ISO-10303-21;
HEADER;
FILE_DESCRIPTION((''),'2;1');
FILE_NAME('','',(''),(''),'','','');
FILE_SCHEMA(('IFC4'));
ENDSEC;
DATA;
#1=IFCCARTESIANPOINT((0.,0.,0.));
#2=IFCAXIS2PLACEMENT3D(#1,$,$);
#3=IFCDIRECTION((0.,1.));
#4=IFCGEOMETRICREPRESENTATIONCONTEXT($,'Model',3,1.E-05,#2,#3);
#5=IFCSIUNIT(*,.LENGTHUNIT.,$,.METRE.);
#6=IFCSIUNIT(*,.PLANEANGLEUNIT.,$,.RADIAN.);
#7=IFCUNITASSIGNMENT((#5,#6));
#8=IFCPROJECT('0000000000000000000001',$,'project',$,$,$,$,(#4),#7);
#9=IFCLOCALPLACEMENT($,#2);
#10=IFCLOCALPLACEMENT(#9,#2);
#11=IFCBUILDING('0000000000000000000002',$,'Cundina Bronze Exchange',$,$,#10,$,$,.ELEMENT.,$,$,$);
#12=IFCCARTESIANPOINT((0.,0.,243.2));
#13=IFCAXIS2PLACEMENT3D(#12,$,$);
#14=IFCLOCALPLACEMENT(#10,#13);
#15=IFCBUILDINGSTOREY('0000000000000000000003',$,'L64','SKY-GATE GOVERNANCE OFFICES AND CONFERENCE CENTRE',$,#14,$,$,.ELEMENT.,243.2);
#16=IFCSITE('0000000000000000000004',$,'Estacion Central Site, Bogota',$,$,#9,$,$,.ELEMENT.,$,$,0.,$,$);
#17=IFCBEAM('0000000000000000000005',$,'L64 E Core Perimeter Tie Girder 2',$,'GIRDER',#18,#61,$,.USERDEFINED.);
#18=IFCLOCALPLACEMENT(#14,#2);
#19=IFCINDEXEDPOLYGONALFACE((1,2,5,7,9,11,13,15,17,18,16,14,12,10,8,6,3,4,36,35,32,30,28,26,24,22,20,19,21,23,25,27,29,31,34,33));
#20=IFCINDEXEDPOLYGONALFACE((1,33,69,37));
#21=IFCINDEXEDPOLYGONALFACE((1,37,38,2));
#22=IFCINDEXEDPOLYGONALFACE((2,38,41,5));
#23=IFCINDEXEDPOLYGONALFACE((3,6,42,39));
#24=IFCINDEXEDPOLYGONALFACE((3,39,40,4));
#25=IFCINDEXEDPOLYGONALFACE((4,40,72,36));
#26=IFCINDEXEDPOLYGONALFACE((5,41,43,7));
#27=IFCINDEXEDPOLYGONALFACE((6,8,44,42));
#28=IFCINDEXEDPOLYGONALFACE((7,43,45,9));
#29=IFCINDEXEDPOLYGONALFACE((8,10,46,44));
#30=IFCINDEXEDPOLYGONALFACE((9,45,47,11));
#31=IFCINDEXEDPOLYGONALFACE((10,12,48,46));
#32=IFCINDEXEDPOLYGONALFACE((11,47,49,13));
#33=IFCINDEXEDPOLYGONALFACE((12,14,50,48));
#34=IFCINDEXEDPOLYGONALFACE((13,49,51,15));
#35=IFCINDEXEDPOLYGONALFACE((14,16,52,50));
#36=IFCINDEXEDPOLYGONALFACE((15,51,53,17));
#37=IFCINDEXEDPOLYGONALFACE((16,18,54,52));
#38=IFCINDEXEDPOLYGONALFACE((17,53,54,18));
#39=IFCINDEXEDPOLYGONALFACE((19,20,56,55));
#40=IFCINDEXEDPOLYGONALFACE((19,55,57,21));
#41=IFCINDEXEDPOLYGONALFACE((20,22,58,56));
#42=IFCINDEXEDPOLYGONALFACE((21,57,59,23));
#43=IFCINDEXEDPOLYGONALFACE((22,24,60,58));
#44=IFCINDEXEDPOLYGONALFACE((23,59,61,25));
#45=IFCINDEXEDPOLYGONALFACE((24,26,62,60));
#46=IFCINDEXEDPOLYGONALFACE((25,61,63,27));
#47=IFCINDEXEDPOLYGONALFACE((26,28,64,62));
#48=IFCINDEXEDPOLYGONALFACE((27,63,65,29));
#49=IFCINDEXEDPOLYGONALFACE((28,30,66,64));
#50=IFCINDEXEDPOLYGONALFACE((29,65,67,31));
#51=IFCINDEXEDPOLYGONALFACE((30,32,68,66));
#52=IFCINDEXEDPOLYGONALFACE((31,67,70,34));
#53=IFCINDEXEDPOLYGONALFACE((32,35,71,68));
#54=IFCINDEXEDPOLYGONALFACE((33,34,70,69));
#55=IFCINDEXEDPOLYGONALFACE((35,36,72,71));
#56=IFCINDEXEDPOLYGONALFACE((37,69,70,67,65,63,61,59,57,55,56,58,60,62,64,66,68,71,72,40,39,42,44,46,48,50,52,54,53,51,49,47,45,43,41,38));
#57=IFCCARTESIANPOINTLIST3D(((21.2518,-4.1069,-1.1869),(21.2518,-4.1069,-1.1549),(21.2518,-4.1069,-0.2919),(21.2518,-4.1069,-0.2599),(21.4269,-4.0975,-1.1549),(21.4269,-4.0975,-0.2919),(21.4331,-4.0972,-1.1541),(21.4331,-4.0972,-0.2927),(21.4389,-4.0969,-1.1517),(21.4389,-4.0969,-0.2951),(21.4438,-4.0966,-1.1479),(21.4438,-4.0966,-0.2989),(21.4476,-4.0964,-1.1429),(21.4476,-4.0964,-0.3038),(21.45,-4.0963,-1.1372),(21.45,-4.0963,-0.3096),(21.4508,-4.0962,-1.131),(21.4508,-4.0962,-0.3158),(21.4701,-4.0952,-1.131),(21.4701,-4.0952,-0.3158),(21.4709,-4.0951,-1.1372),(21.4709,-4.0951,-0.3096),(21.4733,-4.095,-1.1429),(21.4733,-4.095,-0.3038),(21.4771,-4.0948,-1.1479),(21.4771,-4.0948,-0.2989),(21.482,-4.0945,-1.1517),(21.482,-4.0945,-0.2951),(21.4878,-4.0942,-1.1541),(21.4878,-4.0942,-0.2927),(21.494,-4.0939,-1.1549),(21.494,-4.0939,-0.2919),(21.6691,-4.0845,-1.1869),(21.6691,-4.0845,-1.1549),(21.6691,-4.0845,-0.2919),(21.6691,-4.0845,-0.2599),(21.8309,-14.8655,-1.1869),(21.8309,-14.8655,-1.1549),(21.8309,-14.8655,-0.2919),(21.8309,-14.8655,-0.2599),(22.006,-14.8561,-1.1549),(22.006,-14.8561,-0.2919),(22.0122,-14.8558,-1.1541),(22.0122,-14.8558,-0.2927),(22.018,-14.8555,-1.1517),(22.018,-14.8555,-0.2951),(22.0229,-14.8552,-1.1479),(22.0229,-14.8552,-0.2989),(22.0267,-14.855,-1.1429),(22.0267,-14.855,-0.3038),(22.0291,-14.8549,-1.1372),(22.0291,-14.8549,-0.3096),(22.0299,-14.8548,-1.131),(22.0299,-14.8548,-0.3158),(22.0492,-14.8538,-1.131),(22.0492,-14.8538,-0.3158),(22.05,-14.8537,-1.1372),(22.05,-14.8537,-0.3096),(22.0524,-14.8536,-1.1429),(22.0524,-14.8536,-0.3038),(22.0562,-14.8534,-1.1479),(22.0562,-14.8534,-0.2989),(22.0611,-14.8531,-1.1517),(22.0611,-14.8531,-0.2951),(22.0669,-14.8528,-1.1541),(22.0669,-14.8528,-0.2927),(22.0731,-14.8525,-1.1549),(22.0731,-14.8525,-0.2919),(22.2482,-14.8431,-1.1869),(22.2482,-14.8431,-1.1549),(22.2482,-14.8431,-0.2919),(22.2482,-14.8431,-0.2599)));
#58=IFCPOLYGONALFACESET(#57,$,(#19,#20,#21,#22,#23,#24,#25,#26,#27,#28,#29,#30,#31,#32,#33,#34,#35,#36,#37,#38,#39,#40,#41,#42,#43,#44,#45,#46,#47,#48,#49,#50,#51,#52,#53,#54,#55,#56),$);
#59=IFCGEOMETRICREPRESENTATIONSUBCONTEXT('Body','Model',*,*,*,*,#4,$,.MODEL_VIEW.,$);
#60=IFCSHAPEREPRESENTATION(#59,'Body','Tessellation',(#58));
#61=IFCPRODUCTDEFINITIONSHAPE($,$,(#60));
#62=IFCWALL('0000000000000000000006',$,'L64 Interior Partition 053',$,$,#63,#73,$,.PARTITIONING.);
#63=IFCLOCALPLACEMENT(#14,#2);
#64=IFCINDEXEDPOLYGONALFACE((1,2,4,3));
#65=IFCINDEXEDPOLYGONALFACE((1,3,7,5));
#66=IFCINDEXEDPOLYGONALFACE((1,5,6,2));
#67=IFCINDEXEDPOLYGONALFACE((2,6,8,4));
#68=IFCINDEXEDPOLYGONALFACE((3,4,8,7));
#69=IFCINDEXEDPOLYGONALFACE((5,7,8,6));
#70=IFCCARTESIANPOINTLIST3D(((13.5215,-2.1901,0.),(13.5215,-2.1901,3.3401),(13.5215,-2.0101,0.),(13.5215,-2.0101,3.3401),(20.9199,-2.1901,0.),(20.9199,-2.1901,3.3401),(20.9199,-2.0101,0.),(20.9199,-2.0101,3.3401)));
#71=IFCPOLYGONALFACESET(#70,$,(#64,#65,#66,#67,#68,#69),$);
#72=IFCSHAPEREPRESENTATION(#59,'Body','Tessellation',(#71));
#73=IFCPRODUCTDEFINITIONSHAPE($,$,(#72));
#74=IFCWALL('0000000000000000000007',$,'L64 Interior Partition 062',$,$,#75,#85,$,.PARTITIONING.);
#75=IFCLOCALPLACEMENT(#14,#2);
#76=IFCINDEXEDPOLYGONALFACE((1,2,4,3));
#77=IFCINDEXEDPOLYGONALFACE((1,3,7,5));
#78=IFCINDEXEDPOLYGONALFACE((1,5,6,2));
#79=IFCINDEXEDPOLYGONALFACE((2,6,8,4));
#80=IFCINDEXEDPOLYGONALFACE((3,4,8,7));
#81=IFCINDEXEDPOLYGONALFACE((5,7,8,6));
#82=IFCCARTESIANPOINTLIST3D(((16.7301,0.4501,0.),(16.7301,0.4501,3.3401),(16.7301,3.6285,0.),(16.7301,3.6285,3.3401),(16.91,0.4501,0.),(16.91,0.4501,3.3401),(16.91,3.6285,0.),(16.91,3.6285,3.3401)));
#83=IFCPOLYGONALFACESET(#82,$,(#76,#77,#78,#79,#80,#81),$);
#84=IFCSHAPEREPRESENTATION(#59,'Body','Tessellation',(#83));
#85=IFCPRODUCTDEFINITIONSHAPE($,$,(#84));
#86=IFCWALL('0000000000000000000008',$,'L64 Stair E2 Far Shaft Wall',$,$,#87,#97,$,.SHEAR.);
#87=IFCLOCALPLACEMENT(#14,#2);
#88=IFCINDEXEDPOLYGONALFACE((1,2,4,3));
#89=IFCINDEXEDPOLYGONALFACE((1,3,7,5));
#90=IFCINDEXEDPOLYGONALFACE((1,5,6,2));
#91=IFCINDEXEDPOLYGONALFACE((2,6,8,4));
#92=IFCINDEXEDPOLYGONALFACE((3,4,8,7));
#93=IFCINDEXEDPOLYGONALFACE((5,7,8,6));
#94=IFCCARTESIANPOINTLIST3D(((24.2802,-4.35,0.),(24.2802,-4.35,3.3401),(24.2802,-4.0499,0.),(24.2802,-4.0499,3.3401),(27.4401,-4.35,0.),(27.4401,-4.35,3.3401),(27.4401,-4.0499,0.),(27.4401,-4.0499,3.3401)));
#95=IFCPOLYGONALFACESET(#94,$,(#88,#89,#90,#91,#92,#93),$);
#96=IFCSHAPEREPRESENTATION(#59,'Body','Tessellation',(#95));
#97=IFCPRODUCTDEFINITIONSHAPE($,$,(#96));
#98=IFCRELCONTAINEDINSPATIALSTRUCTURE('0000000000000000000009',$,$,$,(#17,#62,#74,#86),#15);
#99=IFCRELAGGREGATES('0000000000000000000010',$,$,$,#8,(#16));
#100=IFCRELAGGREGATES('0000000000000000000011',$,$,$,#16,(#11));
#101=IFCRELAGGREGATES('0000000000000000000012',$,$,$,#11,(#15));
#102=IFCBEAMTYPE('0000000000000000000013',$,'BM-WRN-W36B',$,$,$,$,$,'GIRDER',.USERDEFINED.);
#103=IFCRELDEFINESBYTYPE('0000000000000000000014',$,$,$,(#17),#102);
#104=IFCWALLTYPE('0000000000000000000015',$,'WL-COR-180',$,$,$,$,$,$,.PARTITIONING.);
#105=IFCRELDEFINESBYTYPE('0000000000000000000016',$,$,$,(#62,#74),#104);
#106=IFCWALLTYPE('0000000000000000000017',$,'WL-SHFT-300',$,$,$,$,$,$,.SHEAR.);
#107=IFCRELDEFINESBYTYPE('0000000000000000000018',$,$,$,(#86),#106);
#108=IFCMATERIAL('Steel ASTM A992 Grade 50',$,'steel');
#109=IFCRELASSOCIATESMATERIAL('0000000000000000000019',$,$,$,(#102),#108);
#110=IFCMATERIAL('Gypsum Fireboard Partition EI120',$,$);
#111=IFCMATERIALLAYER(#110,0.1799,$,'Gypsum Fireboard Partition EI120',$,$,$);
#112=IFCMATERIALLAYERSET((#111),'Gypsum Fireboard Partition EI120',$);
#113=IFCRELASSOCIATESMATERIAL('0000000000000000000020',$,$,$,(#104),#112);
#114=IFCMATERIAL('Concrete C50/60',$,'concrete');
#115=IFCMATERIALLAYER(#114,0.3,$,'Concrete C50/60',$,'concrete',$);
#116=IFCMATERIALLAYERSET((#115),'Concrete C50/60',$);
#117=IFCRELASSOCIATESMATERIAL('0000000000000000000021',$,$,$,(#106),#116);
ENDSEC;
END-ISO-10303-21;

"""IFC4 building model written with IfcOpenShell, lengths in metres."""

from ifc_helpers import new_model, si_unit, direction, frame, frame_2d, origin, origin_2d, place, context, subcontext, project, spatial, rectangle, i_section, extrude, material, layer, layer_set, material_profile, profile_set, type_object, element, save


model = new_model("IFC4")

# Units and contexts
model_context = context("Model", 3, precision=1e-05, world=origin(), true_north=direction((0.0, 1.0)))
body_context = subcontext(model_context, "Body", "Model", "MODEL_VIEW")
ifc_project = project(units=[si_unit("LENGTHUNIT", "METRE"), si_unit("PLANEANGLEUNIT", "RADIAN")], contexts=[model_context])

# Site, building, storey
site_placement = place(None, origin())
site = spatial("IfcSite", under=ifc_project, at=site_placement, Name="Estacion Central Site, Bogota", CompositionType="ELEMENT", RefElevation=0.0)
building_placement = place(site_placement, origin())
building = spatial("IfcBuilding", under=site, at=building_placement, Name="Cundina Bronze Exchange", CompositionType="ELEMENT")
storey_placement = place(building_placement, frame((0.0, 0.0, 243.2)))
storey = spatial("IfcBuildingStorey", under=building, at=storey_placement, Name="L64", Description="SKY-GATE GOVERNANCE OFFICES AND CONFERENCE CENTRE", CompositionType="ELEMENT", Elevation=243.2)

# Shared definitions
ifc_material_1 = material(Name="Concrete C50/60", Category="concrete")
ifc_material_2 = material(Name="Steel ASTM A992 Grade 50", Category="steel")

# Beam
ifc_material_profile_1 = material_profile(ifc_material_2, i_section(OverallWidth=0.418, OverallDepth=0.927, WebThickness=0.0193, FlangeThickness=0.032, FilletRadius=0.0239, at=origin_2d()), Name="W36X231", Category="steel")
ifc_profile_set_1 = profile_set([ifc_material_profile_1], Name="Steel ASTM A992 Grade 50")
beam_type_1 = type_object("IfcBeamType", Name="BM-WRN-W36B", ElementType="GIRDER", PredefinedType="USERDEFINED", material=ifc_profile_set_1)
beam_1_placement = place(storey_placement, frame((21.4604, -4.0957, -0.7234), z_axis=(0.053749, -0.998554, 0.0), x_axis=(0.998554, 0.053749, 0.0)))
element("IfcBeam", 1, at=beam_1_placement, inside=storey, type_object=beam_type_1, Name="L64 E Core Perimeter Tie Girder 2", ObjectType="GIRDER", PredefinedType="USERDEFINED", context=body_context, shape_type="SweptSolid", body=[
    extrude(i_section(OverallWidth=0.418, OverallDepth=0.927, WebThickness=0.0193, FlangeThickness=0.032, FilletRadius=0.0239, at=origin_2d()), origin(), (0.0, 0.0, 1.0), 10.7742),
])

# Shared definitions
ifc_material_3 = material(Name="Gypsum Fireboard Partition EI120")
ifc_layer_1 = layer(ifc_material_3, 0.1799, Name="Gypsum Fireboard Partition EI120")
ifc_layer_set_1 = layer_set([ifc_layer_1], Name="Gypsum Fireboard Partition EI120")
wall_type_1 = type_object("IfcWallType", Name="WL-COR-180", PredefinedType="PARTITIONING", material=ifc_layer_set_1)

# Walls
wall_1_placement = place(storey_placement, frame((13.5215, -2.1001, 0.0), z_axis=(0.0, 0.0, 1.0), x_axis=(1.0, 0.0, 0.0)))
element("IfcWall", 2, at=wall_1_placement, inside=storey, type_object=wall_type_1, Name="L64 Interior Partition 053", PredefinedType="PARTITIONING", context=body_context, shape_type="SweptSolid", body=[
    extrude(rectangle(XDim=7.3984, YDim=0.1799, at=frame_2d((3.6992, 0.0))), origin(), (0.0, 0.0, 1.0), 3.3401),
])
wall_2_placement = place(storey_placement, frame((16.8201, 0.45, 0.0), z_axis=(0.0, 0.0, 1.0), x_axis=(0.0, 1.0, 0.0)))
element("IfcWall", 3, at=wall_2_placement, inside=storey, type_object=wall_type_1, Name="L64 Interior Partition 062", PredefinedType="PARTITIONING", context=body_context, shape_type="SweptSolid", body=[
    extrude(rectangle(XDim=3.1785, YDim=0.1799, at=frame_2d((1.5894, 0.0))), origin(), (0.0, 0.0, 1.0), 3.3401),
])

# Shared definitions
ifc_layer_2 = layer(ifc_material_1, 0.3, Name="Concrete C50/60", Category="concrete")
ifc_layer_set_2 = layer_set([ifc_layer_2], Name="Concrete C50/60")
wall_type_2 = type_object("IfcWallType", Name="WL-SHFT-300", PredefinedType="SHEAR", material=ifc_layer_set_2)

# Wall
wall_3_placement = place(storey_placement, frame((24.28, -4.2, 0.0), z_axis=(0.0, 0.0, 1.0), x_axis=(1.0, 0.0, 0.0)))
element("IfcWall", 4, at=wall_3_placement, inside=storey, type_object=wall_type_2, Name="L64 Stair E2 Far Shaft Wall", PredefinedType="SHEAR", context=body_context, shape_type="SweptSolid", body=[
    extrude(rectangle(XDim=3.1599, YDim=0.3, at=frame_2d((1.5801, 0.0))), origin(), (0.0, 0.0, 1.0), 3.3401),
])

save(model, "model.ifc")
